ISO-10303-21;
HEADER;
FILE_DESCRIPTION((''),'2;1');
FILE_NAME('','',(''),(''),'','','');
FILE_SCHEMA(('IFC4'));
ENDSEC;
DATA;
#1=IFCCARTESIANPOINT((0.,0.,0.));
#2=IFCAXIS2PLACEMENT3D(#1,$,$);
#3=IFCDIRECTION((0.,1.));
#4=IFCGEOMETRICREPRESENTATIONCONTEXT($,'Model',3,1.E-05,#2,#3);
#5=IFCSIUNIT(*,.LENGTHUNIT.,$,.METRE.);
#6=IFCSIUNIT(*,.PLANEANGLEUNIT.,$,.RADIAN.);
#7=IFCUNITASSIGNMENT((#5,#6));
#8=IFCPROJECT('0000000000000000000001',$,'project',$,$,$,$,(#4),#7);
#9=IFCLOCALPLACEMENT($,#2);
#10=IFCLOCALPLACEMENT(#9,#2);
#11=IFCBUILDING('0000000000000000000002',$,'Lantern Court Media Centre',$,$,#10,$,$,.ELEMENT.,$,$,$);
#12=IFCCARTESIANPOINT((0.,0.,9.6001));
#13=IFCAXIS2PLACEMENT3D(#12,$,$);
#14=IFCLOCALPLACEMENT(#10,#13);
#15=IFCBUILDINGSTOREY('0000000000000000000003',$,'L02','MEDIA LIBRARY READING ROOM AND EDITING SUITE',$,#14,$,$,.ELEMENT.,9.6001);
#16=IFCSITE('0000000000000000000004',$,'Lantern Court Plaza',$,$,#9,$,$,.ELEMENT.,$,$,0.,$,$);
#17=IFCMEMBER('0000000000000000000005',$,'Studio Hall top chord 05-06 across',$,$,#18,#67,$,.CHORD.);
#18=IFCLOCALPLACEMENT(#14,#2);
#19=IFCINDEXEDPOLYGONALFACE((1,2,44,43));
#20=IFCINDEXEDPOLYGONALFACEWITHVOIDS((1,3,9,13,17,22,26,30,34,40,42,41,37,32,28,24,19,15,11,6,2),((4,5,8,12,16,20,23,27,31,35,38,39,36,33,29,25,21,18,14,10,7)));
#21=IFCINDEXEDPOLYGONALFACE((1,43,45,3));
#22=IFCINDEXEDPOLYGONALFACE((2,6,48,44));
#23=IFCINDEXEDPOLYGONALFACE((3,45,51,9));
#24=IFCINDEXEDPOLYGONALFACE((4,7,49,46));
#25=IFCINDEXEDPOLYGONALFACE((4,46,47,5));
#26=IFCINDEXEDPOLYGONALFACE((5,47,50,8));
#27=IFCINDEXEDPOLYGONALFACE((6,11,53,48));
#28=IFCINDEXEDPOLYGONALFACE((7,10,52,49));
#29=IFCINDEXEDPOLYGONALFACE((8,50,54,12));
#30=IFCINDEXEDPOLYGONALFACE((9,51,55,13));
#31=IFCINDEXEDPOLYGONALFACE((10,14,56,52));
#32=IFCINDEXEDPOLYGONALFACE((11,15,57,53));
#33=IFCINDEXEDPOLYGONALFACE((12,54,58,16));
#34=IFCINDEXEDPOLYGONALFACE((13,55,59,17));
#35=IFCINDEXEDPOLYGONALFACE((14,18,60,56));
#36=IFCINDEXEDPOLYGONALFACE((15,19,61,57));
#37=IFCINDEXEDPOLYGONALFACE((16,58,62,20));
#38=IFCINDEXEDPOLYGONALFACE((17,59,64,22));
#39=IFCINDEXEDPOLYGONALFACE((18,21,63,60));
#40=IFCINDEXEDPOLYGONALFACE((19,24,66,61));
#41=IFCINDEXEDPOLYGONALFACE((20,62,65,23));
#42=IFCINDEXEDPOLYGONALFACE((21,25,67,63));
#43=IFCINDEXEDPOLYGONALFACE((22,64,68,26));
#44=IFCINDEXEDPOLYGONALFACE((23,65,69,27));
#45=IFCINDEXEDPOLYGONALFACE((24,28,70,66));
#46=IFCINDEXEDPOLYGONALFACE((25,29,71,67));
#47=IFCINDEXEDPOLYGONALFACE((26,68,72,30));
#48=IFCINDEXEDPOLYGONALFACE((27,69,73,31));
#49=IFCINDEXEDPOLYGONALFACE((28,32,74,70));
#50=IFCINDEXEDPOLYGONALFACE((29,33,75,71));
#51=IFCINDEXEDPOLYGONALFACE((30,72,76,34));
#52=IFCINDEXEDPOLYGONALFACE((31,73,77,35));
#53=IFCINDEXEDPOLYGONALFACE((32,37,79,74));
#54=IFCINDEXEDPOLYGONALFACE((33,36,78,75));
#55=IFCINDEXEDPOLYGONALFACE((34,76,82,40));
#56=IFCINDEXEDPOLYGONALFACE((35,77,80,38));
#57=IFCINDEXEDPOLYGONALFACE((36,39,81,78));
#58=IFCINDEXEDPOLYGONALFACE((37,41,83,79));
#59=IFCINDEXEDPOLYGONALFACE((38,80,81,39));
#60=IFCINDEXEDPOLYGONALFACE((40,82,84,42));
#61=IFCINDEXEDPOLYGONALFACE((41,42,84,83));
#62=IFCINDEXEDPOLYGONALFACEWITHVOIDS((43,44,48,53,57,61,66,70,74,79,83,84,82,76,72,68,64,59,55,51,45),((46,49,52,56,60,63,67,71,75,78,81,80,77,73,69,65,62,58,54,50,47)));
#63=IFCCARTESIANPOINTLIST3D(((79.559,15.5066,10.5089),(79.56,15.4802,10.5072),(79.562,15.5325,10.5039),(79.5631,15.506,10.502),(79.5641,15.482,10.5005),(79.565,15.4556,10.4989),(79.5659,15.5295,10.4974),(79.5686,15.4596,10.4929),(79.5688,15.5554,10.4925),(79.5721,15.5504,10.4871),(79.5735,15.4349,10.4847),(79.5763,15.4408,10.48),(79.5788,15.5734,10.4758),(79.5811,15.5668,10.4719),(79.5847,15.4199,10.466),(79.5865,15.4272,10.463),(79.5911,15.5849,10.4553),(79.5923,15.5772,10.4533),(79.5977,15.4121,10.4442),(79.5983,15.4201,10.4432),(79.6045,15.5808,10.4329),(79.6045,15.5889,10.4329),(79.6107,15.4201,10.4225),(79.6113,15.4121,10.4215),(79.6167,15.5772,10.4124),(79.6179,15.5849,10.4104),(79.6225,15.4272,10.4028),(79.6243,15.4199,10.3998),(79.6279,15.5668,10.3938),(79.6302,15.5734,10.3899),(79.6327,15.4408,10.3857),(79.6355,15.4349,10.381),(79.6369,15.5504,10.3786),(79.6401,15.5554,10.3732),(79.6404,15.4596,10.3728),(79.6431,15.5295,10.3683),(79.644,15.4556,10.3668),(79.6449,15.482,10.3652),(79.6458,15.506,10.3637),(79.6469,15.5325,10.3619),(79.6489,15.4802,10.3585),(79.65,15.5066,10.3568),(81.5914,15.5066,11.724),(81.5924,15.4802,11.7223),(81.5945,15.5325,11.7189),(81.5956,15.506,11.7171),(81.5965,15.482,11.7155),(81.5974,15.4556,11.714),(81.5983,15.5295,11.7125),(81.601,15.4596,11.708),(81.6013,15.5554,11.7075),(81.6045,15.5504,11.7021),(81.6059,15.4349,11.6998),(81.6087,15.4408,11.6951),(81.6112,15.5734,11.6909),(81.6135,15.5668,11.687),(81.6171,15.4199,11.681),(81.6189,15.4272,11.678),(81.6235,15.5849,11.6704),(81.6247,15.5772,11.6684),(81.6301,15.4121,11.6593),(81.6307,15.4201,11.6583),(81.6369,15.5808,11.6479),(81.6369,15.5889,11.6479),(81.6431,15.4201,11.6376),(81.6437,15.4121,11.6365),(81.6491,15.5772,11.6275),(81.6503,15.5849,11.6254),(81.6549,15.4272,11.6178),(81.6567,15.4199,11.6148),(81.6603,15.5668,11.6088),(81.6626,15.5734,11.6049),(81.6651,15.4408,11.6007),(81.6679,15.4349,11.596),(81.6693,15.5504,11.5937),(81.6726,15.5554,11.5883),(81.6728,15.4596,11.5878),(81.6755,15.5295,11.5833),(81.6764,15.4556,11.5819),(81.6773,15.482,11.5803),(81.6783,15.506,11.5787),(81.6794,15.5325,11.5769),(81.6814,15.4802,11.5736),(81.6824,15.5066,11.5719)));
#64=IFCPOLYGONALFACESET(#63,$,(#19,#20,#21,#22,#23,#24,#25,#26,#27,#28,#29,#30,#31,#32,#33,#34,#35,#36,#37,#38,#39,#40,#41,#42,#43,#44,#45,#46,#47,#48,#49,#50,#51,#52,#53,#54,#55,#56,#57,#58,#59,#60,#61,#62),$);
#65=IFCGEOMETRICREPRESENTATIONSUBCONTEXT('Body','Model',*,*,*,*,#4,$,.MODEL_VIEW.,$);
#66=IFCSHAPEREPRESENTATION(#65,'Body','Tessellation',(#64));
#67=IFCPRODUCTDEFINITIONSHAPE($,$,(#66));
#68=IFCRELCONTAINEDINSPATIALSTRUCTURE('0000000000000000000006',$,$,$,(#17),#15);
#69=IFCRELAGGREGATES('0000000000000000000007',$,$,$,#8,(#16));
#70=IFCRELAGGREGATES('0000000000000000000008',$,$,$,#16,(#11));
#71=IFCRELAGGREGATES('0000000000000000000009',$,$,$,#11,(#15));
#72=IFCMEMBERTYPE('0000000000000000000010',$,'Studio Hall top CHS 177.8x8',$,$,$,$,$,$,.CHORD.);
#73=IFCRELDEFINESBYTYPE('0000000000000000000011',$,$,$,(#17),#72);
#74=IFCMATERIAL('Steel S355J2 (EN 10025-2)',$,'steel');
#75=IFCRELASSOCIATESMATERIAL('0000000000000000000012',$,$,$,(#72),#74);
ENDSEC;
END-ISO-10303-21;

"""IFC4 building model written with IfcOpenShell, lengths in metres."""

from ifc_helpers import new_model, si_unit, direction, frame, origin, origin_2d, place, context, subcontext, project, spatial, hollow_circle, extrude, material, material_profile, profile_set, type_object, element, save


model = new_model("IFC4")

# Units and contexts
model_context = context("Model", 3, precision=1e-05, world=origin(), true_north=direction((0.0, 1.0)))
body_context = subcontext(model_context, "Body", "Model", "MODEL_VIEW")
ifc_project = project(units=[si_unit("LENGTHUNIT", "METRE"), si_unit("PLANEANGLEUNIT", "RADIAN")], contexts=[model_context])

# Site, building, storey
site_placement = place(None, origin())
site = spatial("IfcSite", under=ifc_project, at=site_placement, Name="Lantern Court Plaza", CompositionType="ELEMENT", RefElevation=0.0)
building_placement = place(site_placement, origin())
building = spatial("IfcBuilding", under=site, at=building_placement, Name="Lantern Court Media Centre", CompositionType="ELEMENT")
storey_placement = place(building_placement, frame((0.0, 0.0, 9.6001)))
storey = spatial("IfcBuildingStorey", under=building, at=storey_placement, Name="L02", Description="MEDIA LIBRARY READING ROOM AND EDITING SUITE", CompositionType="ELEMENT", Elevation=9.6001)

# Member
ifc_material = material(Name="Steel S355J2 (EN 10025-2)", Category="steel")
ifc_material_profile_1 = material_profile(ifc_material, hollow_circle(Radius=0.0889, WallThickness=0.0081, at=origin_2d()), Name="Studio Hall top CHS 177.8x8")
ifc_profile_set_1 = profile_set([ifc_material_profile_1], Name="Steel S355J2 (EN 10025-2)")
member_type_1 = type_object("IfcMemberType", Name="Studio Hall top CHS 177.8x8", PredefinedType="CHORD", material=ifc_profile_set_1)
for number, where, z_axis, x_axis, name in (
    (1, (79.6045, 15.5, 10.4329), (0.858311, 0.0, 0.513131), (0.0, 1.0, 0.0), "Studio Hall top chord 05-06 across"),
):
    element("IfcMember", number, at=place(storey_placement, frame(where, z_axis=z_axis, x_axis=x_axis)), inside=storey, type_object=member_type_1, Name=name, PredefinedType="CHORD", context=body_context, shape_type="SweptSolid", body=[
        extrude(hollow_circle(Radius=0.0889, WallThickness=0.0081, at=origin_2d()), origin(), (0.0, 0.0, 1.0), 2.3679),
    ])

save(model, "model.ifc")
